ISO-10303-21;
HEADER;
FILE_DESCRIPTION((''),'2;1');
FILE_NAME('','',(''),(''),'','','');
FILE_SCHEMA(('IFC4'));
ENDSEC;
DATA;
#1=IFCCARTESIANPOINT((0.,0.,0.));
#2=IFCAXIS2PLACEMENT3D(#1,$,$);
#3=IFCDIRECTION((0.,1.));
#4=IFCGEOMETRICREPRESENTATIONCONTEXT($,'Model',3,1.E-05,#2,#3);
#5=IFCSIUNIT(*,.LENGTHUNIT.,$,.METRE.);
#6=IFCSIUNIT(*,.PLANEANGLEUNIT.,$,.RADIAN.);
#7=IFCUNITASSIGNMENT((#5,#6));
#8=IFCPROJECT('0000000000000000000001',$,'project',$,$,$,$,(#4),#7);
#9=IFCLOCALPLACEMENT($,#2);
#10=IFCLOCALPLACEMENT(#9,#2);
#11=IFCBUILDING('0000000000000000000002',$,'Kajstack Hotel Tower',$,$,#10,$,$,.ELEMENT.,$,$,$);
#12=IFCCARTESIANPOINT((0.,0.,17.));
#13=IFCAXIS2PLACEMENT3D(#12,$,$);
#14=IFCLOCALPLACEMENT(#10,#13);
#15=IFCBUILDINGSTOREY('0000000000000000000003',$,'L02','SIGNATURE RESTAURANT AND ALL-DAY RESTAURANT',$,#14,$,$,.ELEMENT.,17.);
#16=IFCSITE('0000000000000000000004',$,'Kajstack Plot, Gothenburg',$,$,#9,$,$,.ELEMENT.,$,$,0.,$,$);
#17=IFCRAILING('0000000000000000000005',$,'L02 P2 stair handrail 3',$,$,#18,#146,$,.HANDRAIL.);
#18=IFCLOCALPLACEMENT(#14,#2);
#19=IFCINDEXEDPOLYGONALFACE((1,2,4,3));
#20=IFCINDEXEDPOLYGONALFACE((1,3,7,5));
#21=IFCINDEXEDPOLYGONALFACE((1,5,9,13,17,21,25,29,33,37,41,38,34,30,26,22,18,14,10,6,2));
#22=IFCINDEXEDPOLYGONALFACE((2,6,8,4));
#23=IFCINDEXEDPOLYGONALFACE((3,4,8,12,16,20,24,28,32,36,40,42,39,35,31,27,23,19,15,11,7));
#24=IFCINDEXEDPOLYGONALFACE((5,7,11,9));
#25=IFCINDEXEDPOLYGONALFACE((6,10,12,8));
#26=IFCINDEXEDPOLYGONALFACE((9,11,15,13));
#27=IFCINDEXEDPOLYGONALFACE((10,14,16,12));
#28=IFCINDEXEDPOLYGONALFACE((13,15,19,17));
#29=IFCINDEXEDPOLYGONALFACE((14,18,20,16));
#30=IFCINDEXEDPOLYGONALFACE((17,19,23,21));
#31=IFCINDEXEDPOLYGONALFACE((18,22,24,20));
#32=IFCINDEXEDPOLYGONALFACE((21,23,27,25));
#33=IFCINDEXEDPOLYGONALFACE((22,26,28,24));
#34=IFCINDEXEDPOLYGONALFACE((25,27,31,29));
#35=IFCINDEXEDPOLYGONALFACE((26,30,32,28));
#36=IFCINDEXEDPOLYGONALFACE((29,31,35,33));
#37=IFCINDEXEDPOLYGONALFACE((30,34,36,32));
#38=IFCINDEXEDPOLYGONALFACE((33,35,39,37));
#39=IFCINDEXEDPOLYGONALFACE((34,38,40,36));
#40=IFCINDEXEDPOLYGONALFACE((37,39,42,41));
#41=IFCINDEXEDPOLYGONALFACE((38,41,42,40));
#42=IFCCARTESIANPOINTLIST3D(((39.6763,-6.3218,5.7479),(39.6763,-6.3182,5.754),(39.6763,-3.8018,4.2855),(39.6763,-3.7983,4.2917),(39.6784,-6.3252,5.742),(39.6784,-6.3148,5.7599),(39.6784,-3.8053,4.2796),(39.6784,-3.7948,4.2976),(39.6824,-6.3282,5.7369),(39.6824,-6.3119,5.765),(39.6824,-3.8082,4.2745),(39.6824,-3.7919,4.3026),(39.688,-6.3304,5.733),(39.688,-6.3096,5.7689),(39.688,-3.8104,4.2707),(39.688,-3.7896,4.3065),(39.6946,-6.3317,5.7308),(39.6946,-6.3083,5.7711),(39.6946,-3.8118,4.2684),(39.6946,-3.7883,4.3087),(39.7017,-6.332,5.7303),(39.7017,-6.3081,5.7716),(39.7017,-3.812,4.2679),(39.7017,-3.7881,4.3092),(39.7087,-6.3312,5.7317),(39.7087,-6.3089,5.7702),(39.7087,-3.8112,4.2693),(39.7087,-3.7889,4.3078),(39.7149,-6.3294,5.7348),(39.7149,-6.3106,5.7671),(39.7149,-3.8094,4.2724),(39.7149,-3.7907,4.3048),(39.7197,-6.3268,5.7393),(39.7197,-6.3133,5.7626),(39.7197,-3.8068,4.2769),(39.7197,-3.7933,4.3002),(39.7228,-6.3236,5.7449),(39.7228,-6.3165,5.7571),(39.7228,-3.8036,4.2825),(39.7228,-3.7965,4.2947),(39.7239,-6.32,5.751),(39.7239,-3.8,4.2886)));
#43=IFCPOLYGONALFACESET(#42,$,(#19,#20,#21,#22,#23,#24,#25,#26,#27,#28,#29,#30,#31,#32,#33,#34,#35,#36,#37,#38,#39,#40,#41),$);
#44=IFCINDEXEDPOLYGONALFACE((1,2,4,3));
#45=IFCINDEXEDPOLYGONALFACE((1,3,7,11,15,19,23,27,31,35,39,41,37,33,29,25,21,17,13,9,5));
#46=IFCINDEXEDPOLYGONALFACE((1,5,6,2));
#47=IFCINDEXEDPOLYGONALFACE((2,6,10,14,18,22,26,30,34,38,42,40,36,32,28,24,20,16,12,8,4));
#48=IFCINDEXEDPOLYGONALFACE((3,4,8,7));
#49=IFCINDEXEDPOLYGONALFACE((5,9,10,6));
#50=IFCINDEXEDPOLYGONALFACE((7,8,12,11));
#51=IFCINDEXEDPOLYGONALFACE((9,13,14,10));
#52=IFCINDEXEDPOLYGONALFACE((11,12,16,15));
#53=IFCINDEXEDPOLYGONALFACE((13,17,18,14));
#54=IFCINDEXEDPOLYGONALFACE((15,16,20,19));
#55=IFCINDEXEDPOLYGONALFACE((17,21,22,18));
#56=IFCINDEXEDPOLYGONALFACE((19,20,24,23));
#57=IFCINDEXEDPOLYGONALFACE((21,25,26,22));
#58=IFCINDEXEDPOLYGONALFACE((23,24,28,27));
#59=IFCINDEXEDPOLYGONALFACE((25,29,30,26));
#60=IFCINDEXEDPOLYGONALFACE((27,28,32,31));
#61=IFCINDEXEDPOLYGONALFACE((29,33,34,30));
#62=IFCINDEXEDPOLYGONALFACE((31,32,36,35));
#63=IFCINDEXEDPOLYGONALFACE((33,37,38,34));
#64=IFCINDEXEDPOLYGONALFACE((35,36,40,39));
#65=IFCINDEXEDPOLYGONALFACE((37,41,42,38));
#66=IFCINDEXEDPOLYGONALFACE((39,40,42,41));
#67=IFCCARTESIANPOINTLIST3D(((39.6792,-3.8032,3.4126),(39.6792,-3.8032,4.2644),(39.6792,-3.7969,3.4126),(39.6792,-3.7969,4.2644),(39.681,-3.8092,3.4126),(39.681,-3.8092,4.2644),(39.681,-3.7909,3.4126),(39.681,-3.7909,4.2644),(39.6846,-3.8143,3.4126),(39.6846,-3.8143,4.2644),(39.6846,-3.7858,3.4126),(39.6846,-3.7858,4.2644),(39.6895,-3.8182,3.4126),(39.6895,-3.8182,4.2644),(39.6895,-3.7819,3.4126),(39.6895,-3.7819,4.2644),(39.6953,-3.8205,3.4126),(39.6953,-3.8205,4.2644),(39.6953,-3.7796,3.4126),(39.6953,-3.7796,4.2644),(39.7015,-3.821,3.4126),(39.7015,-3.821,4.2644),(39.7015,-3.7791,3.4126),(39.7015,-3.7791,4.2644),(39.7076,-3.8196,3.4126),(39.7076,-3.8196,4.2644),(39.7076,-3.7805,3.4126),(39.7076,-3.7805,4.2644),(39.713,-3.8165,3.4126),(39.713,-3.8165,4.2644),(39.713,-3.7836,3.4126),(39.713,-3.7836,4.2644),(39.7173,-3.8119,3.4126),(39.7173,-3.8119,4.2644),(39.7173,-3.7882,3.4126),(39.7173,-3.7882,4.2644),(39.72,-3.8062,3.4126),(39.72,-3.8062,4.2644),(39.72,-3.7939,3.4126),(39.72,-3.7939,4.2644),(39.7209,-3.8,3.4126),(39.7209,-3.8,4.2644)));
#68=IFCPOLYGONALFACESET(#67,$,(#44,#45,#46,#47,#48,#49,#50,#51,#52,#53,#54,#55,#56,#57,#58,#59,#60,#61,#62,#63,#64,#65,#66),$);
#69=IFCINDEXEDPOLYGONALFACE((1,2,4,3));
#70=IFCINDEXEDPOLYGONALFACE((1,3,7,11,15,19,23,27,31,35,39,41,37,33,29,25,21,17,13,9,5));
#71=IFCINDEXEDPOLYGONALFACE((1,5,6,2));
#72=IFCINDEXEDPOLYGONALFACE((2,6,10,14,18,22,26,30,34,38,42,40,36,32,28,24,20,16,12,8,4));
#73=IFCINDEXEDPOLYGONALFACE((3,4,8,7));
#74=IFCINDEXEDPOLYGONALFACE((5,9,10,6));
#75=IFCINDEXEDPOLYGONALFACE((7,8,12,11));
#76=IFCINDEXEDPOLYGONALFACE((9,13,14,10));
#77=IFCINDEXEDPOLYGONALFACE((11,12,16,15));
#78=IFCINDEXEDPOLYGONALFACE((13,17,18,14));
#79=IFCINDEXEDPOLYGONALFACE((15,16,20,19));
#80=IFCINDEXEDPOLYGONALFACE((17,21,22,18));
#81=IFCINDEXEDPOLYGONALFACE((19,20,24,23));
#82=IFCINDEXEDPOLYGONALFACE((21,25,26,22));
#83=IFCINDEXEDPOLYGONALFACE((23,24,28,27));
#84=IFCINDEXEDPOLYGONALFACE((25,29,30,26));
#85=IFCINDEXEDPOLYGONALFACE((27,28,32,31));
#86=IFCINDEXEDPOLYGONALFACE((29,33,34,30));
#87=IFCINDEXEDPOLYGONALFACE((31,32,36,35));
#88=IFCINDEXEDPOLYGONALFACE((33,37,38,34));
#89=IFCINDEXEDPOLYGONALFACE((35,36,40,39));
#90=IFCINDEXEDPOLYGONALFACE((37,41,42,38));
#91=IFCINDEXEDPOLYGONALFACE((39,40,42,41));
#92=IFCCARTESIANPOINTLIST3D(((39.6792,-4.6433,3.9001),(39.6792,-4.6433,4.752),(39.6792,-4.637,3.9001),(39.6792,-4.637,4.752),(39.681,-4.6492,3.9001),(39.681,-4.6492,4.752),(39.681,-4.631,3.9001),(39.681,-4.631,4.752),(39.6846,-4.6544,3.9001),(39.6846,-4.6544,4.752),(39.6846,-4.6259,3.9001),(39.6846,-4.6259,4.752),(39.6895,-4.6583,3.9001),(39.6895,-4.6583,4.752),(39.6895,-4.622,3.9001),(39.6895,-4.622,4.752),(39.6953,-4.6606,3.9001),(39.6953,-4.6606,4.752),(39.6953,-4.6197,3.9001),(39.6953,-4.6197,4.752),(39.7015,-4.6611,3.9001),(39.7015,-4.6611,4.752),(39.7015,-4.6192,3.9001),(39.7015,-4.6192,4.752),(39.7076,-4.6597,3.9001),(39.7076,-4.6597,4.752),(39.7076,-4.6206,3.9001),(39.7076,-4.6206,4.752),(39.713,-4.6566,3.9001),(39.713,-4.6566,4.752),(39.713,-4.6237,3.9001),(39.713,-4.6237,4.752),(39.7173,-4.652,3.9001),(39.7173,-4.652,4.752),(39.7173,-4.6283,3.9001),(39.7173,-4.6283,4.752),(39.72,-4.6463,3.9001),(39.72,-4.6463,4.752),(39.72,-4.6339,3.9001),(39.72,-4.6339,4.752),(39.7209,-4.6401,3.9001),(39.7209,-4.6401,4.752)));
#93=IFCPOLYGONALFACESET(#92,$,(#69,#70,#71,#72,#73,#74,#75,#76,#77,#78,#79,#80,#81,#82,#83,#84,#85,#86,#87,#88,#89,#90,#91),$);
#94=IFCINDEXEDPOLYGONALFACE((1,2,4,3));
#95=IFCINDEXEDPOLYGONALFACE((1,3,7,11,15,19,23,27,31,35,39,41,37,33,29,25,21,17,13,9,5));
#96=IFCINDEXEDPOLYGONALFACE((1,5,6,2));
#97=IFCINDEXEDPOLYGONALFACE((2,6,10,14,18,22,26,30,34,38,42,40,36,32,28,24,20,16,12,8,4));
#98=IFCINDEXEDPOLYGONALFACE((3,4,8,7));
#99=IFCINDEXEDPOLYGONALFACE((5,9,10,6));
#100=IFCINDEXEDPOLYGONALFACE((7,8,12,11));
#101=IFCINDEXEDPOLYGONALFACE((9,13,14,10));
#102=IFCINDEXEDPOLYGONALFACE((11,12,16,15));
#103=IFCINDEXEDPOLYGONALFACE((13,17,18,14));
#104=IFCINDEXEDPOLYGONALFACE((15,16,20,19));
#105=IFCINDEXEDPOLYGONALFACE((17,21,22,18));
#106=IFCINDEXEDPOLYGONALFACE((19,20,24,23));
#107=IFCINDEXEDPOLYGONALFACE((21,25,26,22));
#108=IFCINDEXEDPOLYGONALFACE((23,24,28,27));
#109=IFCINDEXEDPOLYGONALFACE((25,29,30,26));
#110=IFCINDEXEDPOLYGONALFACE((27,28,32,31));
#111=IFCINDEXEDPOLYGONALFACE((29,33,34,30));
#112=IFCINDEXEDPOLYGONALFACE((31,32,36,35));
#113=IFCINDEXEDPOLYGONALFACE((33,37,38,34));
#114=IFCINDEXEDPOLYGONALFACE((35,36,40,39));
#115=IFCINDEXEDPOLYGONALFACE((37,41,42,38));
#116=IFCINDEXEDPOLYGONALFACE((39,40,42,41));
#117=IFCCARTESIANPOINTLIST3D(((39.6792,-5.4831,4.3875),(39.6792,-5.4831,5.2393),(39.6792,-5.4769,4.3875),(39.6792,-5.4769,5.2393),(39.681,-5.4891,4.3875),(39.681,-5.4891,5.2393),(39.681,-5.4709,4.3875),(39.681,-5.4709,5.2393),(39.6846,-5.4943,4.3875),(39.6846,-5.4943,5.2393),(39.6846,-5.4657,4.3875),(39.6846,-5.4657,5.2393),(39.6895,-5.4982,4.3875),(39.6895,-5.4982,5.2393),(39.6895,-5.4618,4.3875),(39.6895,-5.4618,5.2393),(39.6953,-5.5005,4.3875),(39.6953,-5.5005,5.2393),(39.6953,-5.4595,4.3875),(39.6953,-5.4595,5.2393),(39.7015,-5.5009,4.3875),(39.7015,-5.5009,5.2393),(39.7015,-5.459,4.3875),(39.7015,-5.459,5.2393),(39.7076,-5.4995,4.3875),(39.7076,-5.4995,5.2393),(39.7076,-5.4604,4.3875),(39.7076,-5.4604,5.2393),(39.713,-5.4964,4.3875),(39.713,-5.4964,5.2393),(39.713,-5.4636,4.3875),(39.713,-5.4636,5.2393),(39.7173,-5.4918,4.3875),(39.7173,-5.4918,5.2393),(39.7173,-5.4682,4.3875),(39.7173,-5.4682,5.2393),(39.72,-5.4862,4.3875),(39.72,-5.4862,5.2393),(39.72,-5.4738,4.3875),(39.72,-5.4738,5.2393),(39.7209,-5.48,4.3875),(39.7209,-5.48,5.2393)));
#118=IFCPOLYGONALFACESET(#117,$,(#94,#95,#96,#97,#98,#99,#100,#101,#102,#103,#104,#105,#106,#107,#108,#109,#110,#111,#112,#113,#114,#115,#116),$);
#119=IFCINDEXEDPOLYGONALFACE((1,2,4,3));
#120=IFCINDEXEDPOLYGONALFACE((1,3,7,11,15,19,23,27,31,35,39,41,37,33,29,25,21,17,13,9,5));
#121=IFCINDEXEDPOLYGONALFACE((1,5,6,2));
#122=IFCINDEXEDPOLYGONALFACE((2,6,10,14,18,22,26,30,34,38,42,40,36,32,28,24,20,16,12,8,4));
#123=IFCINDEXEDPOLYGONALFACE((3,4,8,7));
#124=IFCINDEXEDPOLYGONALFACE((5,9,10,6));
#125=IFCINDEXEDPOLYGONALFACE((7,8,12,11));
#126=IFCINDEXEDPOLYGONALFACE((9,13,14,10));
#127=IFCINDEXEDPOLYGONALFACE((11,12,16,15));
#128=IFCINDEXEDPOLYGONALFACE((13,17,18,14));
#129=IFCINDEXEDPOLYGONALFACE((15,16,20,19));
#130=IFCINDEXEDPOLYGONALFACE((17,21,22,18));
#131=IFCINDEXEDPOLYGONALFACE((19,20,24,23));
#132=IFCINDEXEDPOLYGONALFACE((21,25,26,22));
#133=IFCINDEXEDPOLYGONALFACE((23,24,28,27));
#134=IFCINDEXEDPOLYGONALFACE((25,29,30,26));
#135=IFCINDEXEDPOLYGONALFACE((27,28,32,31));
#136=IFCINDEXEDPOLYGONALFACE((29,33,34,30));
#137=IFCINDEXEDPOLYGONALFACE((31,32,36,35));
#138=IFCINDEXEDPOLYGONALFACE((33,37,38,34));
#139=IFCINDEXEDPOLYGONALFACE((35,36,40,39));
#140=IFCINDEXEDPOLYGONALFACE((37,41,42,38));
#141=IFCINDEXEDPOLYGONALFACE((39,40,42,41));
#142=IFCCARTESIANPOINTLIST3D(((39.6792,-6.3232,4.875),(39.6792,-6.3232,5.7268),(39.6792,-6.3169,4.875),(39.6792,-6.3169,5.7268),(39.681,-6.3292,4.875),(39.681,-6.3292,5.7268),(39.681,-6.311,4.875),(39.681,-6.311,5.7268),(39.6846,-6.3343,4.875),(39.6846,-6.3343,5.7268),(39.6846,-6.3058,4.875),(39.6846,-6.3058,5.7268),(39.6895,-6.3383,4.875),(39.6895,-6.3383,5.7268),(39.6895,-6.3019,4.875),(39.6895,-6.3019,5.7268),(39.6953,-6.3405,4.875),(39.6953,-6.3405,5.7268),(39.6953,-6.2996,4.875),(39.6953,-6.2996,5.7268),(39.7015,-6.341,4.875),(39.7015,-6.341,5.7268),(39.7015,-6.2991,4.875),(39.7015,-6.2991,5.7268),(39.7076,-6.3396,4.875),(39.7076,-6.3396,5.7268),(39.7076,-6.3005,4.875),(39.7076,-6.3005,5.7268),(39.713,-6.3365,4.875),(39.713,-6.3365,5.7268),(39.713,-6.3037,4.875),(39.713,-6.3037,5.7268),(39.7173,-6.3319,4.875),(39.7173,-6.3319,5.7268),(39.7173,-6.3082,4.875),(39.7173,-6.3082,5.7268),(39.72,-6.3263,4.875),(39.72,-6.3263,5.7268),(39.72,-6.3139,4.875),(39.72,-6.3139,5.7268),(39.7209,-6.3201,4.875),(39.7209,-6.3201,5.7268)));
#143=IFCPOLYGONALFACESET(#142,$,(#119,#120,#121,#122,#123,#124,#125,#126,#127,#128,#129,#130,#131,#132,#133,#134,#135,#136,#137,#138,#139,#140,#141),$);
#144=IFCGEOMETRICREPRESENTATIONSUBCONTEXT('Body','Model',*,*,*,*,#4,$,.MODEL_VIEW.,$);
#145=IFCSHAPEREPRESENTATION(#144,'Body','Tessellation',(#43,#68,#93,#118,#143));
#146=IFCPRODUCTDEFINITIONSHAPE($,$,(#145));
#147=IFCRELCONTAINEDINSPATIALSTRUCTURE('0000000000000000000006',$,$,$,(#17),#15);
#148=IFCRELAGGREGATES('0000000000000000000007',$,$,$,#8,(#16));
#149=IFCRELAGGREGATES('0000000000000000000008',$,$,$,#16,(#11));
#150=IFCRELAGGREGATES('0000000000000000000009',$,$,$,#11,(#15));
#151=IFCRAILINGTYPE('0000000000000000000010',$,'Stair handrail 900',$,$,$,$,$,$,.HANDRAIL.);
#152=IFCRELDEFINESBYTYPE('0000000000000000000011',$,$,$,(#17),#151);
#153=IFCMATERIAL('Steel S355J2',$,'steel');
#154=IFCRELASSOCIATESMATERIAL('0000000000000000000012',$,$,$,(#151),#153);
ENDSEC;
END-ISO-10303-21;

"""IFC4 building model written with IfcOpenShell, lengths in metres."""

from ifc_helpers import new_model, si_unit, direction, frame, origin, origin_2d, place, context, subcontext, project, spatial, circle, extrude, material, type_object, element, save


model = new_model("IFC4")

# Units and contexts
model_context = context("Model", 3, precision=1e-05, world=origin(), true_north=direction((0.0, 1.0)))
body_context = subcontext(model_context, "Body", "Model", "MODEL_VIEW")
ifc_project = project(units=[si_unit("LENGTHUNIT", "METRE"), si_unit("PLANEANGLEUNIT", "RADIAN")], contexts=[model_context])

# Site, building, storey
site_placement = place(None, origin())
site = spatial("IfcSite", under=ifc_project, at=site_placement, Name="Kajstack Plot, Gothenburg", CompositionType="ELEMENT", RefElevation=0.0)
building_placement = place(site_placement, origin())
building = spatial("IfcBuilding", under=site, at=building_placement, Name="Kajstack Hotel Tower", CompositionType="ELEMENT")
storey_placement = place(building_placement, frame((0.0, 0.0, 17.0)))
storey = spatial("IfcBuildingStorey", under=building, at=storey_placement, Name="L02", Description="SIGNATURE RESTAURANT AND ALL-DAY RESTAURANT", CompositionType="ELEMENT", Elevation=17.0)

# Railing
ifc_material_1 = material(Name="Steel S355J2", Category="steel")
railing_type_1 = type_object("IfcRailingType", Name="Stair handrail 900", PredefinedType="HANDRAIL", material=ifc_material_1)
railing_1_placement = place(storey_placement, frame((39.7, -3.8, 3.4126)))
element("IfcRailing", 1, at=railing_1_placement, inside=storey, type_object=railing_type_1, Name="L02 P2 stair handrail 3", PredefinedType="HANDRAIL", context=body_context, shape_type="SweptSolid", body=[
    extrude(circle(Radius=0.0239, at=origin_2d()), frame((0.0, 0.0, 0.876), z_axis=(0.0, -0.864913, 0.501921), x_axis=(1.0, 0.0, 0.0)), (0.0, 0.0, 1.0), 2.9136),
    extrude(circle(Radius=0.021, at=origin_2d()), origin(), (0.0, 0.0, 1.0), 0.8518),
    extrude(circle(Radius=0.021, at=origin_2d()), frame((0.0, -0.8401, 0.4875)), (0.0, 0.0, 1.0), 0.8518),
    extrude(circle(Radius=0.021, at=origin_2d()), frame((0.0, -1.6799, 0.9749)), (0.0, 0.0, 1.0), 0.8518),
    extrude(circle(Radius=0.021, at=origin_2d()), frame((0.0, -2.52, 1.4624)), (0.0, 0.0, 1.0), 0.8518),
])

save(model, "model.ifc")
